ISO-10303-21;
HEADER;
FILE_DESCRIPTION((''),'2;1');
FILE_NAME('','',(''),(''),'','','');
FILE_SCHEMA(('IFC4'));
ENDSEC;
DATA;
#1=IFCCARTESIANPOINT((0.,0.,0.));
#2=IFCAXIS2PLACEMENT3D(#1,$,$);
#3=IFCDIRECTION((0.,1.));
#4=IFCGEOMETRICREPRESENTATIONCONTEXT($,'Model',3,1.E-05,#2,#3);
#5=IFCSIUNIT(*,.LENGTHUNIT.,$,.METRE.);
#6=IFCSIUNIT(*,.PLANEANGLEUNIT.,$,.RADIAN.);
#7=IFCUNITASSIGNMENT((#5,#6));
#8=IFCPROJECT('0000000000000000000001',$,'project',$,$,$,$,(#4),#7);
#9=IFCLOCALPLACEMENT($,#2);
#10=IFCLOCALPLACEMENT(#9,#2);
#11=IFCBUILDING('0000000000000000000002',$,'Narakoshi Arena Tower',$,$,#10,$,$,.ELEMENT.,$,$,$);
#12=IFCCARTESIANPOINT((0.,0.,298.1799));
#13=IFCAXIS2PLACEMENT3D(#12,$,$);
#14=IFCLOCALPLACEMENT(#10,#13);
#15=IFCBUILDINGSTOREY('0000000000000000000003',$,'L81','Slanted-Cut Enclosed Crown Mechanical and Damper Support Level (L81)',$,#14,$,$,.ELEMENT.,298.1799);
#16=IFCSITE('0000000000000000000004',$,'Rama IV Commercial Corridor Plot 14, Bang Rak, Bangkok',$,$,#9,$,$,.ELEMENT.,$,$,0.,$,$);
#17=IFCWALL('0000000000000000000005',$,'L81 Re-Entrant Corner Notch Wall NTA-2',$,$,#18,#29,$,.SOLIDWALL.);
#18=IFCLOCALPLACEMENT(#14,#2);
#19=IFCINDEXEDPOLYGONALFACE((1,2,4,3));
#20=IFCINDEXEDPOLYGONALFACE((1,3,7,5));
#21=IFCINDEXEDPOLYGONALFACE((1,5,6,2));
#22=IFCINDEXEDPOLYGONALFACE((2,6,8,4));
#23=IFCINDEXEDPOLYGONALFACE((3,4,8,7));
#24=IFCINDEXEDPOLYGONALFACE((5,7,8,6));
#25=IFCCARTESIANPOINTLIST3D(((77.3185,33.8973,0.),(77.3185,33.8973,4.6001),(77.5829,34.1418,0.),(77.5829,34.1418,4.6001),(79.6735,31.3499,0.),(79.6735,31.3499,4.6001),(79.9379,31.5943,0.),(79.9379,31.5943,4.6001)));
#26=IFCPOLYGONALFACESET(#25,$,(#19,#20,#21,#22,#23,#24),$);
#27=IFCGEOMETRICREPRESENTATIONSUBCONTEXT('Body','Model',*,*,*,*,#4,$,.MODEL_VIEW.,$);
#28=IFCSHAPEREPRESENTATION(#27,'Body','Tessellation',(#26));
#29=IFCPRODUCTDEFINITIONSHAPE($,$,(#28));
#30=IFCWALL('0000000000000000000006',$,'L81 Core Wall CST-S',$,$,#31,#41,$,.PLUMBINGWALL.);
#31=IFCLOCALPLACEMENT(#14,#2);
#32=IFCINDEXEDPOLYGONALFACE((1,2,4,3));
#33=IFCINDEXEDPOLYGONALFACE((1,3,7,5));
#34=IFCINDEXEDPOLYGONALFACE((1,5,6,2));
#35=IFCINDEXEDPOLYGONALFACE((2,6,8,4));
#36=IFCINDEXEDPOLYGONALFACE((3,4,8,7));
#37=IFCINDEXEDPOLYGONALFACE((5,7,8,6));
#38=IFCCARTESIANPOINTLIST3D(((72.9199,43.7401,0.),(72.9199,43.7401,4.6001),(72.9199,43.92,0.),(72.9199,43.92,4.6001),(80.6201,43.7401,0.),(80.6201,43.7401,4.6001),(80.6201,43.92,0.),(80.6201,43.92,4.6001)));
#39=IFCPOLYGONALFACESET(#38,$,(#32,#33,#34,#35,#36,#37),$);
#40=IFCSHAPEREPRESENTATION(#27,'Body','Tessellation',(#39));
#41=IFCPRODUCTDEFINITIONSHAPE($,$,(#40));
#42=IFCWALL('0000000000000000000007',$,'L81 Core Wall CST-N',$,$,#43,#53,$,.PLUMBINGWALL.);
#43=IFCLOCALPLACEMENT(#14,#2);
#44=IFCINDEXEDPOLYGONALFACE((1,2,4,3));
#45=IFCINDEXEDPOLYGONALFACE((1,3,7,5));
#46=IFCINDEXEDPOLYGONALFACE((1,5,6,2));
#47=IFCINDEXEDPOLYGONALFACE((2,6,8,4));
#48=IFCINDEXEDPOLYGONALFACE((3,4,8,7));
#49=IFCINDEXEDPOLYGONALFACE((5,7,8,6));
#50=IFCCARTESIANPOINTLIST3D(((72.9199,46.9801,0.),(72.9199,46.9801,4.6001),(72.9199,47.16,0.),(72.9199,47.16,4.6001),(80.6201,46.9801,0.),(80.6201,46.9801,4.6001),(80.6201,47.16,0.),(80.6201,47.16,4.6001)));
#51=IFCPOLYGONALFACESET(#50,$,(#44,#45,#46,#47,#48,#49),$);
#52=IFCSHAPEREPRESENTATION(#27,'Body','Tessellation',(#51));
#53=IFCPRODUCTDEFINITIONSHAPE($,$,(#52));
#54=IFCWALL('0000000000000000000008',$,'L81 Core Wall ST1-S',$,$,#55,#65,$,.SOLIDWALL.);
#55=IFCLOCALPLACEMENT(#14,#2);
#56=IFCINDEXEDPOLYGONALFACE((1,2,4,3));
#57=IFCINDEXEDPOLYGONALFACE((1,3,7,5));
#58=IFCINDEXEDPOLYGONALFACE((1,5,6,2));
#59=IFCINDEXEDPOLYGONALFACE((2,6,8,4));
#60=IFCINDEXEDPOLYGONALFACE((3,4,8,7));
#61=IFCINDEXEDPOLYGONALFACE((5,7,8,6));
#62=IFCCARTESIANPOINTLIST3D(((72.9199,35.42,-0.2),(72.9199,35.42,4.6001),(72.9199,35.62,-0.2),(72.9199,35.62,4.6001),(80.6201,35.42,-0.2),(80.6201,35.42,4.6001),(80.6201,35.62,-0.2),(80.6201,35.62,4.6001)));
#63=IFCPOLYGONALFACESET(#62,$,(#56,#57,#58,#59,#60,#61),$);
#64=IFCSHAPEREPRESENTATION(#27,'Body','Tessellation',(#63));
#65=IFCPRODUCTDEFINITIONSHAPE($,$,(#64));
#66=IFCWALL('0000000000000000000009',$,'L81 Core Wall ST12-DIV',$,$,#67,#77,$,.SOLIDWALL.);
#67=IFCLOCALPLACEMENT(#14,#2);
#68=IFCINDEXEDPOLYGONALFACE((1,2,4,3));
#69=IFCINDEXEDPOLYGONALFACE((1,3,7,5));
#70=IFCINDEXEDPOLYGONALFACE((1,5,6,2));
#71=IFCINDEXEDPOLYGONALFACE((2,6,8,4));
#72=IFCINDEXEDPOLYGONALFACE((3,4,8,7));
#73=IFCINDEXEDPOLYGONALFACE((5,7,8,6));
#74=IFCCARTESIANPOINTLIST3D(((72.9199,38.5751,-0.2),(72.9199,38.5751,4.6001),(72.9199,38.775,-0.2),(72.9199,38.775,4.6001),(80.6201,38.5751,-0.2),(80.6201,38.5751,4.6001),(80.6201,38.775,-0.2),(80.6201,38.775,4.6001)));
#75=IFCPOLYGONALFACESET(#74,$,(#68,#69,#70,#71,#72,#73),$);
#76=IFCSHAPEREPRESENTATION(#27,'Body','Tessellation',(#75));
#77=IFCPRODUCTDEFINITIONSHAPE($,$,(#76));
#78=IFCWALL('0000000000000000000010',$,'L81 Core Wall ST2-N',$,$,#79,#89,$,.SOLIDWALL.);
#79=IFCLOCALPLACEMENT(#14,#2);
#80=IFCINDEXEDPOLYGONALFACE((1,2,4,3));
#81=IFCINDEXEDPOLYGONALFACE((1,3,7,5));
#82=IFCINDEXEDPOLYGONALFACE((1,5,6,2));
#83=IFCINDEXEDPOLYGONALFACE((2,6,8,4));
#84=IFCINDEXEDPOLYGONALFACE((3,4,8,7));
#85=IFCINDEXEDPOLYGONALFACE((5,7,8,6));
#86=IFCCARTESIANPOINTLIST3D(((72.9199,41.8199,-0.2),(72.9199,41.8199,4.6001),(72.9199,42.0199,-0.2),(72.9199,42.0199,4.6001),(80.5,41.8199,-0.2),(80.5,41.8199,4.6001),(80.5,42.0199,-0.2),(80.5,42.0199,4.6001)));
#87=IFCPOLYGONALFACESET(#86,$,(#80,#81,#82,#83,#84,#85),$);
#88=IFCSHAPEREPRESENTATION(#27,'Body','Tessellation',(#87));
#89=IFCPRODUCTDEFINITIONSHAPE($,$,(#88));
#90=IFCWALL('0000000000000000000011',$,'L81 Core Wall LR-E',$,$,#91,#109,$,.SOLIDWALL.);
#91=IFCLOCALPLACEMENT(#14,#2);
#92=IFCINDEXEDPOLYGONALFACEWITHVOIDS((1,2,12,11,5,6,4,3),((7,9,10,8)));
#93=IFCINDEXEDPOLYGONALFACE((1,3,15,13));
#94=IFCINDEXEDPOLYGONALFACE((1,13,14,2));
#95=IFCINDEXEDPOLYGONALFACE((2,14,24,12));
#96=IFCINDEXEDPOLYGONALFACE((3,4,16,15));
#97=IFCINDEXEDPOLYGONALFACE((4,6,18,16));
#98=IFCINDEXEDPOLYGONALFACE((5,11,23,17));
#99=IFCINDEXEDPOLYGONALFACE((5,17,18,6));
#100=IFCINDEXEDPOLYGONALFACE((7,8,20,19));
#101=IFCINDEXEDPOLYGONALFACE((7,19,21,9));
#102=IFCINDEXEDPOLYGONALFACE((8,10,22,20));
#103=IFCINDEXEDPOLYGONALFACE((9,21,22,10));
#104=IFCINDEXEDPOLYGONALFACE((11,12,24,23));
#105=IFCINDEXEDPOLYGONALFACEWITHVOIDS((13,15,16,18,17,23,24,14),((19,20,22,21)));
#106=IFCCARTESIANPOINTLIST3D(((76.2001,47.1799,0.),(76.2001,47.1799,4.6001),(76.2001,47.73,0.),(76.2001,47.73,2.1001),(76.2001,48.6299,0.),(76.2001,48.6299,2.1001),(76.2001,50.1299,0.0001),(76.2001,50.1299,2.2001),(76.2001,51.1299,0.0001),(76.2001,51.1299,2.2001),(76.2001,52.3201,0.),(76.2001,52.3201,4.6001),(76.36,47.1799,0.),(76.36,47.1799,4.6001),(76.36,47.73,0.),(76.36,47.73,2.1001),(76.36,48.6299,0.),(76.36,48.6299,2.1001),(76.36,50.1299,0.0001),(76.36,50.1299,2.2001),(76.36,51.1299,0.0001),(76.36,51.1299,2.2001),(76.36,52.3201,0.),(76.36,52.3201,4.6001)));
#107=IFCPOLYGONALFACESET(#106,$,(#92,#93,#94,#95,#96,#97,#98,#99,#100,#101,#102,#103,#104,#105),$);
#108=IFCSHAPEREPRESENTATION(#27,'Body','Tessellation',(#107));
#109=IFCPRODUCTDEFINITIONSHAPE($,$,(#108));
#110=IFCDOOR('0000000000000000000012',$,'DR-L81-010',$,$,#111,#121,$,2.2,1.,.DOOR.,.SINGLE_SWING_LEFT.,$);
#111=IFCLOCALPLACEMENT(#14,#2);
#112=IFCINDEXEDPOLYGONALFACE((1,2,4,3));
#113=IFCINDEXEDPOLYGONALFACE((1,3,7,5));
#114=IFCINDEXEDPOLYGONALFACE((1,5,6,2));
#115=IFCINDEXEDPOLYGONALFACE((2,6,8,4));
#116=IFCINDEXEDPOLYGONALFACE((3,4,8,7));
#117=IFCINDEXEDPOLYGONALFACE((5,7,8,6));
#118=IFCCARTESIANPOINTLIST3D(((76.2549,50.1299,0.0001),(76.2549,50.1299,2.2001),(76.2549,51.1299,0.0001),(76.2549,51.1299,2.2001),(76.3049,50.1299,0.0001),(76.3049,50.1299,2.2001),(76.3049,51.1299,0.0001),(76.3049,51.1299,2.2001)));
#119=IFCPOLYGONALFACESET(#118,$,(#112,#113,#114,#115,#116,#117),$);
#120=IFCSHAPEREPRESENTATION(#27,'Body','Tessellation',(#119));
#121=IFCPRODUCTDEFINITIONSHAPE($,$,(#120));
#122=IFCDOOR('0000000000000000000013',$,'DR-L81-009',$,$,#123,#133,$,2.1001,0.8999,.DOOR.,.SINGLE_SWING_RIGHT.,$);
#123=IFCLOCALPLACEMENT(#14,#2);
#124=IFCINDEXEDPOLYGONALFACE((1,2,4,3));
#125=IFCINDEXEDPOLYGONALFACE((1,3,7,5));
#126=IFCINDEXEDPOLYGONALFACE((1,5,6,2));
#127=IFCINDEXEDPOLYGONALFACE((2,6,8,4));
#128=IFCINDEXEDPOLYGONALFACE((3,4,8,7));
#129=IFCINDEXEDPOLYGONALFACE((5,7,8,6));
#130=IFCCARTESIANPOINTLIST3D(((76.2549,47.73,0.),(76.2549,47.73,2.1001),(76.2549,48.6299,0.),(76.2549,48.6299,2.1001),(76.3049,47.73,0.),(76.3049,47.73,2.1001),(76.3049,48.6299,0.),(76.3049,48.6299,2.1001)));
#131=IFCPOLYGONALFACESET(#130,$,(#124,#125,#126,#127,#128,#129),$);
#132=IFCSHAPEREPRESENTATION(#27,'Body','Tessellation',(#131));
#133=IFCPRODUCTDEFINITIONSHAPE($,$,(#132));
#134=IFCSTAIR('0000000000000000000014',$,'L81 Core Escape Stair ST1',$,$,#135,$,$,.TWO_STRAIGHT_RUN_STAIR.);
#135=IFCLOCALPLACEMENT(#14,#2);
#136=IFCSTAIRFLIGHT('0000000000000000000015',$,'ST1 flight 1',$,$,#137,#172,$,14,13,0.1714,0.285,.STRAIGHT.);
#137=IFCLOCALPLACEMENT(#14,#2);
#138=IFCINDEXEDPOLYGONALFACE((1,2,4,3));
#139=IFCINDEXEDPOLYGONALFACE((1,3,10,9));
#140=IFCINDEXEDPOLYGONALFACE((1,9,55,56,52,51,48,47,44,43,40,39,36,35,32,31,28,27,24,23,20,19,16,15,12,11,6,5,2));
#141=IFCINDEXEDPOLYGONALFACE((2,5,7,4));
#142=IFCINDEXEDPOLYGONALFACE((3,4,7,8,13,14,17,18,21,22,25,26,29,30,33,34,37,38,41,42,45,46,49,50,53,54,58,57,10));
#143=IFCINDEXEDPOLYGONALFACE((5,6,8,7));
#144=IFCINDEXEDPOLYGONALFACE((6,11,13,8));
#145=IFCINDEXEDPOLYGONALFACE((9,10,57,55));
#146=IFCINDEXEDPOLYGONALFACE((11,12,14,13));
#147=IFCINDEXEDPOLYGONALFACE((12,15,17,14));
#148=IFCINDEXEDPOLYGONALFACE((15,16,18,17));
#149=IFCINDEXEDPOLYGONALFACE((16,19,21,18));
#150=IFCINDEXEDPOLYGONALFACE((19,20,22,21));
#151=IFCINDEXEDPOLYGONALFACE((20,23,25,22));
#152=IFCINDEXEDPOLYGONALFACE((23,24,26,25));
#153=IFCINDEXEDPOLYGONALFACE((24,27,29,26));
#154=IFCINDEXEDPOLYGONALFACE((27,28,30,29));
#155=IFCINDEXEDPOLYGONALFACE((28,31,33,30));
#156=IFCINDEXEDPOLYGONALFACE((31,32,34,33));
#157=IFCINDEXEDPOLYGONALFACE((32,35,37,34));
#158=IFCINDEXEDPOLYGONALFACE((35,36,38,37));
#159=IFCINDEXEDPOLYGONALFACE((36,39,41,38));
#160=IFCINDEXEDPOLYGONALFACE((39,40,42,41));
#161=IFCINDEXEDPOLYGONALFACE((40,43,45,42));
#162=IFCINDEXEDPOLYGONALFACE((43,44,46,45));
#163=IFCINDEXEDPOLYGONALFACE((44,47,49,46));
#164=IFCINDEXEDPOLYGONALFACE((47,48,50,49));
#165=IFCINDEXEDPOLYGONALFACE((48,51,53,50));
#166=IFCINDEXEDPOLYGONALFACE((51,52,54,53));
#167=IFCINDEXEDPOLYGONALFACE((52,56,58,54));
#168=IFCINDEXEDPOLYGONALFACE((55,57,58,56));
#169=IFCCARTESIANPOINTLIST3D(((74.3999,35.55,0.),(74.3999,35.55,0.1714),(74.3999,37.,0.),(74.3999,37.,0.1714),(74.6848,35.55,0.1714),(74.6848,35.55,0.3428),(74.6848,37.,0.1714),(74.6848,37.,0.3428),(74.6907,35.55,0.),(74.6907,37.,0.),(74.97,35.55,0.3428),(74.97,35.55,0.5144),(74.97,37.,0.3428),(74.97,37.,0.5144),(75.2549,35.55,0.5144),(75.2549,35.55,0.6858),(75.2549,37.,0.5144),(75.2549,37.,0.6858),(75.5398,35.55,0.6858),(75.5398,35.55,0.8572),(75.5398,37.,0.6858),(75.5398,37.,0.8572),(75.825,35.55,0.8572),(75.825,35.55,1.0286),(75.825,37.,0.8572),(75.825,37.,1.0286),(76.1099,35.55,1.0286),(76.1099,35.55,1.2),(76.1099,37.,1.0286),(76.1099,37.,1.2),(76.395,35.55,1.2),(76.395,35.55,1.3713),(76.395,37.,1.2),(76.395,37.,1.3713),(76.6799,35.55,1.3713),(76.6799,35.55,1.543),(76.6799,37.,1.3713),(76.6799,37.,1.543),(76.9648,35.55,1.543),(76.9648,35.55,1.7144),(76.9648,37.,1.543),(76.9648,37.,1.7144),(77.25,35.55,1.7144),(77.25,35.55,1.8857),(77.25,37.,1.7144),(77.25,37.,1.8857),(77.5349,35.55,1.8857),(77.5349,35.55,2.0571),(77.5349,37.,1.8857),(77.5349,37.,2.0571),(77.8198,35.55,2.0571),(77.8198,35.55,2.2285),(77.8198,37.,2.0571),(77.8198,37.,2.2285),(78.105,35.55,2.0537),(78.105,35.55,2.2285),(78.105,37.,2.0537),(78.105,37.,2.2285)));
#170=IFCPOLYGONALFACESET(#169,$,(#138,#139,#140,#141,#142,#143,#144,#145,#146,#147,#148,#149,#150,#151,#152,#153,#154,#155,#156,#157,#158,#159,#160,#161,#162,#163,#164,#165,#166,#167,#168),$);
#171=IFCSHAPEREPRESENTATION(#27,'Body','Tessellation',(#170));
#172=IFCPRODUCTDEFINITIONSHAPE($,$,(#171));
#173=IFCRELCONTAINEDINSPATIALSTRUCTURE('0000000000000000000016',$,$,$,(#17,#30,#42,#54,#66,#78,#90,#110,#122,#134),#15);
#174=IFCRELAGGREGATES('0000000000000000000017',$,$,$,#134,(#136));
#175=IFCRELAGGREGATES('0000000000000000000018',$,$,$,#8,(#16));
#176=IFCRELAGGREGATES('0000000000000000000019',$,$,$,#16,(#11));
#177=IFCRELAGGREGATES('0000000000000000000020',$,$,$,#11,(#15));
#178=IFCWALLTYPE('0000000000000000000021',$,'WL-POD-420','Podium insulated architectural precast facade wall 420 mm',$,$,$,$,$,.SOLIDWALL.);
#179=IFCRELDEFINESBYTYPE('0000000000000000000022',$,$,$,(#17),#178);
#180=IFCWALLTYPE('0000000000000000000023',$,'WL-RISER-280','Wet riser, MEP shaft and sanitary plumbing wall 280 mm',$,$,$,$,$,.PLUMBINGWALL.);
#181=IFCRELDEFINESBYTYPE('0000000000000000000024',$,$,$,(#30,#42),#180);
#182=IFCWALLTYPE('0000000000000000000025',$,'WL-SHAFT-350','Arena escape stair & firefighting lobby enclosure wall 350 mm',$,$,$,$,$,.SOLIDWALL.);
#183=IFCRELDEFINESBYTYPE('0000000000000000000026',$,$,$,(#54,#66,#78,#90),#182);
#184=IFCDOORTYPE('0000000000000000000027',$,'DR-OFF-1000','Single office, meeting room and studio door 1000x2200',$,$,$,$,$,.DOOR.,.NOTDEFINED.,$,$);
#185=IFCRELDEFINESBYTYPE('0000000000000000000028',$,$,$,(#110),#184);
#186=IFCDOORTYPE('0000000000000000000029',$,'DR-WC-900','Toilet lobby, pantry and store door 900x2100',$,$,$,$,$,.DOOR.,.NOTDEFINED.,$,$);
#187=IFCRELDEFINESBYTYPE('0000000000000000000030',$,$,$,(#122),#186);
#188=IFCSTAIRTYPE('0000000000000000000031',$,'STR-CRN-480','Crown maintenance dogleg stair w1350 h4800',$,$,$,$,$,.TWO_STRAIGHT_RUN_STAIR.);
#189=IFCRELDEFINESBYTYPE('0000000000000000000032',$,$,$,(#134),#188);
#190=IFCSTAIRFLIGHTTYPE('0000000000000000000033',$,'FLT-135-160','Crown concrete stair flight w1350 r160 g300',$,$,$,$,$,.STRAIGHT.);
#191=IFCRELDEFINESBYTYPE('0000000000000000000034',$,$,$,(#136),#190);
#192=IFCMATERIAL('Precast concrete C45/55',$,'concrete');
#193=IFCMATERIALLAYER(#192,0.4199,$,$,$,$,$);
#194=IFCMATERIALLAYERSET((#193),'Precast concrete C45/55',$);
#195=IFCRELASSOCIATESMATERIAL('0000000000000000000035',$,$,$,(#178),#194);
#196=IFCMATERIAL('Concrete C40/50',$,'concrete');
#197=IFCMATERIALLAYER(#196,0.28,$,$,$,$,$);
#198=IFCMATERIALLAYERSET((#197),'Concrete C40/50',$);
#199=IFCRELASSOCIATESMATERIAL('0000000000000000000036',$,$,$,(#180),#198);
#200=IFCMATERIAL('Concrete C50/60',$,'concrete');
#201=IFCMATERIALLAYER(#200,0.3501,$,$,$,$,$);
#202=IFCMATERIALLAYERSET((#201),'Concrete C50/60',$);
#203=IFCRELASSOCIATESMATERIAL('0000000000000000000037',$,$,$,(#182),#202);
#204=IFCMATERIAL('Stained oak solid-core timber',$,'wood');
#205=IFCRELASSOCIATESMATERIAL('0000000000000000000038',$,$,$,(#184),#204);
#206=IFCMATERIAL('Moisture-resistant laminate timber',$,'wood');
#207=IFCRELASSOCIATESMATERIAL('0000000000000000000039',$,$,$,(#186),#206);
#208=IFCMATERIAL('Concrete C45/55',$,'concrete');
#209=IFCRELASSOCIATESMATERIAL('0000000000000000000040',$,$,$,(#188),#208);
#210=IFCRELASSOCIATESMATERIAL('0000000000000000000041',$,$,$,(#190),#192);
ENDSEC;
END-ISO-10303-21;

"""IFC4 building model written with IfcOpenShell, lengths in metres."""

from ifc_helpers import new_model, si_unit, direction, frame, frame_2d, origin, place, context, subcontext, project, spatial, polyline, rectangle, outline, extrude, material, layer, layer_set, type_object, element, fill, aggregate, save


model = new_model("IFC4")

# Units and contexts
model_context = context("Model", 3, precision=1e-05, world=origin(), true_north=direction((0.0, 1.0)))
body_context = subcontext(model_context, "Body", "Model", "MODEL_VIEW")
ifc_project = project(units=[si_unit("LENGTHUNIT", "METRE"), si_unit("PLANEANGLEUNIT", "RADIAN")], contexts=[model_context])

# Site, building, storey
site_placement = place(None, origin())
site = spatial("IfcSite", under=ifc_project, at=site_placement, Name="Rama IV Commercial Corridor Plot 14, Bang Rak, Bangkok", CompositionType="ELEMENT", RefElevation=0.0)
building_placement = place(site_placement, origin())
building = spatial("IfcBuilding", under=site, at=building_placement, Name="Narakoshi Arena Tower", CompositionType="ELEMENT")
storey_placement = place(building_placement, frame((0.0, 0.0, 298.1799)))
storey = spatial("IfcBuildingStorey", under=building, at=storey_placement, Name="L81", Description="Slanted-Cut Enclosed Crown Mechanical and Damper Support Level (L81)", CompositionType="ELEMENT", Elevation=298.1799)

# Shared definitions
ifc_material_1 = material(Name="Concrete C50/60", Category="concrete")

# Walls
ifc_material_2 = material(Name="Precast concrete C45/55", Category="concrete")
ifc_layer_1 = layer(ifc_material_2, 0.4199)
ifc_layer_set_1 = layer_set([ifc_layer_1], Name="Precast concrete C45/55")
wall_type_1 = type_object("IfcWallType", Name="WL-POD-420", Description="Podium insulated architectural precast facade wall 420 mm", PredefinedType="SOLIDWALL", material=ifc_layer_set_1)
wall_1_placement = place(storey_placement, frame((77.4507, 34.0195, 0.0), z_axis=(0.0, 0.0, 1.0), x_axis=(0.678835, -0.734291, 0.0)))
element("IfcWall", 1, at=wall_1_placement, inside=storey, type_object=wall_type_1, Name="L81 Re-Entrant Corner Notch Wall NTA-2", PredefinedType="SOLIDWALL", context=body_context, shape_type="SweptSolid", body=[
    extrude(rectangle(XDim=3.4692, YDim=0.3601, at=frame_2d((1.7346, 0.0))), origin(), (0.0, 0.0, 1.0), 4.6001),
])
ifc_material_3 = material(Name="Concrete C40/50", Category="concrete")
ifc_layer_2 = layer(ifc_material_3, 0.28)
ifc_layer_set_2 = layer_set([ifc_layer_2], Name="Concrete C40/50")
wall_type_2 = type_object("IfcWallType", Name="WL-RISER-280", Description="Wet riser, MEP shaft and sanitary plumbing wall 280 mm", PredefinedType="PLUMBINGWALL", material=ifc_layer_set_2)
for number, where, z_axis, x_axis, name in (
    (2, (72.9199, 43.8301, 0.0), (0.0, 0.0, 1.0), (1.0, 0.0, 0.0), "L81 Core Wall CST-S"),
    (3, (72.9199, 47.0701, 0.0), (0.0, 0.0, 1.0), (1.0, 0.0, 0.0), "L81 Core Wall CST-N"),
):
    element("IfcWall", number, at=place(storey_placement, frame(where, z_axis=z_axis, x_axis=x_axis)), inside=storey, type_object=wall_type_2, Name=name, PredefinedType="PLUMBINGWALL", context=body_context, shape_type="SweptSolid", body=[
        extrude(rectangle(XDim=7.7002, YDim=0.1799, at=frame_2d((3.8501, 0.0))), origin(), (0.0, 0.0, 1.0), 4.6001),
    ])
ifc_layer_3 = layer(ifc_material_1, 0.3501)
ifc_layer_set_3 = layer_set([ifc_layer_3], Name="Concrete C50/60")
wall_type_3 = type_object("IfcWallType", Name="WL-SHAFT-350", Description="Arena escape stair & firefighting lobby enclosure wall 350 mm", PredefinedType="SOLIDWALL", material=ifc_layer_set_3)
for number, where, z_axis, x_axis, name in (
    (4, (72.9199, 35.52, -0.2), (0.0, 0.0, 1.0), (1.0, 0.0, 0.0), "L81 Core Wall ST1-S"),
    (5, (72.9199, 38.675, -0.2), (0.0, 0.0, 1.0), (1.0, 0.0, 0.0), "L81 Core Wall ST12-DIV"),
):
    element("IfcWall", number, at=place(storey_placement, frame(where, z_axis=z_axis, x_axis=x_axis)), inside=storey, type_object=wall_type_3, Name=name, PredefinedType="SOLIDWALL", context=body_context, shape_type="SweptSolid", body=[
        extrude(rectangle(XDim=7.7002, YDim=0.2, at=frame_2d((3.8501, 0.0))), origin(), (0.0, 0.0, 1.0), 4.8),
    ])
wall_2_placement = place(storey_placement, frame((72.9199, 41.9199, -0.2), z_axis=(0.0, 0.0, 1.0), x_axis=(1.0, 0.0, 0.0)))
element("IfcWall", 6, at=wall_2_placement, inside=storey, type_object=wall_type_3, Name="L81 Core Wall ST2-N", PredefinedType="SOLIDWALL", context=body_context, shape_type="SweptSolid", body=[
    extrude(rectangle(XDim=7.5801, YDim=0.2, at=frame_2d((3.79, 0.0))), origin(), (0.0, 0.0, 1.0), 4.8),
])

# Wall, openings, doors
wall_3_placement = place(storey_placement, frame((76.28, 47.1799, 0.0), z_axis=(0.0, 0.0, 1.0), x_axis=(0.0, 1.0, 0.0)))
wall_3 = element("IfcWall", 7, at=wall_3_placement, inside=storey, type_object=wall_type_3, Name="L81 Core Wall LR-E", PredefinedType="SOLIDWALL", context=body_context, shape_type="SweptSolid", body=[
    extrude(rectangle(XDim=5.1401, YDim=0.1599, at=frame_2d((2.5701, 0.0))), origin(), (0.0, 0.0, 1.0), 4.6001),
])
opening_1_placement = place(wall_3_placement, frame((0.55, 0.0, 0.0)))
opening_1 = element("IfcOpeningElement", 8, at=opening_1_placement, cuts=wall_3, PredefinedType="OPENING", context=body_context, shape_type="SweptSolid", body=[
    extrude(rectangle(XDim=0.8999, YDim=2.1001, at=frame_2d((0.45, 1.05))), frame((0.0, 0.0898, 0.0), z_axis=(0.0, -1.0, 0.0), x_axis=(1.0, 0.0, 0.0)), (0.0, 0.0, 1.0), 0.1799),
])
opening_2_placement = place(wall_3_placement, frame((2.95, 0.0, 0.0)))
opening_2 = element("IfcOpeningElement", 9, at=opening_2_placement, cuts=wall_3, PredefinedType="OPENING", context=body_context, shape_type="SweptSolid", body=[
    extrude(rectangle(XDim=1.0, YDim=2.2, at=frame_2d((0.5, 1.1001))), frame((0.0, 0.0898, 0.0), z_axis=(0.0, -1.0, 0.0), x_axis=(1.0, 0.0, 0.0)), (0.0, 0.0, 1.0), 0.1799),
])
ifc_material_4 = material(Name="Stained oak solid-core timber", Category="wood")
door_type_1 = type_object("IfcDoorType", Name="DR-OFF-1000", Description="Single office, meeting room and studio door 1000x2200", OperationType="NOTDEFINED", PredefinedType="DOOR", material=ifc_material_4)
door_1_placement = place(opening_2_placement, frame((1.0, 0.0, 0.0), z_axis=(0.0, 0.0, 1.0), x_axis=(-1.0, 0.0, 0.0)))
door_1 = element("IfcDoor", 10, at=door_1_placement, inside=storey, type_object=door_type_1, Name="DR-L81-010", OperationType="SINGLE_SWING_LEFT", OverallHeight=2.2, OverallWidth=1.0, PredefinedType="DOOR", context=body_context, shape_type="SweptSolid", body=[
    extrude(rectangle(XDim=1.0, YDim=2.2, at=frame_2d((0.5, 1.1001))), frame((0.0, 0.0249, 0.0), z_axis=(0.0, -1.0, 0.0), x_axis=(1.0, 0.0, 0.0)), (0.0, 0.0, 1.0), 0.05),
])
fill(opening_2, door_1)
ifc_material_5 = material(Name="Moisture-resistant laminate timber", Category="wood")
door_type_2 = type_object("IfcDoorType", Name="DR-WC-900", Description="Toilet lobby, pantry and store door 900x2100", OperationType="NOTDEFINED", PredefinedType="DOOR", material=ifc_material_5)
door_2_placement = place(opening_1_placement, frame((0.8999, 0.0, 0.0), z_axis=(0.0, 0.0, 1.0), x_axis=(-1.0, 0.0, 0.0)))
door_2 = element("IfcDoor", 11, at=door_2_placement, inside=storey, type_object=door_type_2, Name="DR-L81-009", OperationType="SINGLE_SWING_RIGHT", OverallHeight=2.1001, OverallWidth=0.8999, PredefinedType="DOOR", context=body_context, shape_type="SweptSolid", body=[
    extrude(rectangle(XDim=0.8999, YDim=2.1001, at=frame_2d((0.45, 1.05))), frame((0.0, 0.0249, 0.0), z_axis=(0.0, -1.0, 0.0), x_axis=(1.0, 0.0, 0.0)), (0.0, 0.0, 1.0), 0.05),
])
fill(opening_1, door_2)

# Stair, stair flight
ifc_material_6 = material(Name="Concrete C45/55", Category="concrete")
stair_type = type_object("IfcStairType", Name="STR-CRN-480", Description="Crown maintenance dogleg stair w1350 h4800", PredefinedType="TWO_STRAIGHT_RUN_STAIR", material=ifc_material_6)
stair_1_placement = place(storey_placement, origin())
stair_1 = element("IfcStair", 12, at=stair_1_placement, inside=storey, type_object=stair_type, Name="L81 Core Escape Stair ST1", PredefinedType="TWO_STRAIGHT_RUN_STAIR")
stair_flight_type = type_object("IfcStairFlightType", Name="FLT-135-160", Description="Crown concrete stair flight w1350 r160 g300", PredefinedType="STRAIGHT", material=ifc_material_2)
stair_flight_1_placement = place(storey_placement, frame((74.3999, 36.2749, 0.0), z_axis=(0.0, 0.0, 1.0), x_axis=(1.0, 0.0, 0.0)))
stair_flight_1 = element("IfcStairFlight", 13, at=stair_flight_1_placement, type_object=stair_flight_type, Name="ST1 flight 1", NumberOfRisers=14, NumberOfTreads=13, PredefinedType="STRAIGHT", RiserHeight=0.1714, TreadLength=0.285, context=body_context, shape_type="SweptSolid", body=[
    extrude(outline(polyline([(0.0, 0.0), (0.0, 0.1714), (0.2849, 0.1714), (0.2849, 0.3428), (0.5701, 0.3428), (0.5701, 0.5144), (0.855, 0.5144), (0.855, 0.6858), (1.1399, 0.6858), (1.1399, 0.8572), (1.425, 0.8572), (1.425, 1.0286), (1.71, 1.0286), (1.71, 1.2), (1.9951, 1.2), (1.9951, 1.3713), (2.28, 1.3713), (2.28, 1.543), (2.5649, 1.543), (2.5649, 1.7144), (2.8501, 1.7144), (2.8501, 1.8857), (3.135, 1.8857), (3.135, 2.0571), (3.4199, 2.0571), (3.4199, 2.2285), (3.7051, 2.2285), (3.7051, 2.3999), (3.7051, 2.0537), (0.2908, 0.0), (0.0, 0.0)])), frame((0.0, 0.7251, 0.0), z_axis=(0.0, -1.0, 0.0), x_axis=(1.0, 0.0, 0.0)), (0.0, 0.0, 1.0), 1.45),
])
aggregate(stair_1, [stair_flight_1])

save(model, "model.ifc")
